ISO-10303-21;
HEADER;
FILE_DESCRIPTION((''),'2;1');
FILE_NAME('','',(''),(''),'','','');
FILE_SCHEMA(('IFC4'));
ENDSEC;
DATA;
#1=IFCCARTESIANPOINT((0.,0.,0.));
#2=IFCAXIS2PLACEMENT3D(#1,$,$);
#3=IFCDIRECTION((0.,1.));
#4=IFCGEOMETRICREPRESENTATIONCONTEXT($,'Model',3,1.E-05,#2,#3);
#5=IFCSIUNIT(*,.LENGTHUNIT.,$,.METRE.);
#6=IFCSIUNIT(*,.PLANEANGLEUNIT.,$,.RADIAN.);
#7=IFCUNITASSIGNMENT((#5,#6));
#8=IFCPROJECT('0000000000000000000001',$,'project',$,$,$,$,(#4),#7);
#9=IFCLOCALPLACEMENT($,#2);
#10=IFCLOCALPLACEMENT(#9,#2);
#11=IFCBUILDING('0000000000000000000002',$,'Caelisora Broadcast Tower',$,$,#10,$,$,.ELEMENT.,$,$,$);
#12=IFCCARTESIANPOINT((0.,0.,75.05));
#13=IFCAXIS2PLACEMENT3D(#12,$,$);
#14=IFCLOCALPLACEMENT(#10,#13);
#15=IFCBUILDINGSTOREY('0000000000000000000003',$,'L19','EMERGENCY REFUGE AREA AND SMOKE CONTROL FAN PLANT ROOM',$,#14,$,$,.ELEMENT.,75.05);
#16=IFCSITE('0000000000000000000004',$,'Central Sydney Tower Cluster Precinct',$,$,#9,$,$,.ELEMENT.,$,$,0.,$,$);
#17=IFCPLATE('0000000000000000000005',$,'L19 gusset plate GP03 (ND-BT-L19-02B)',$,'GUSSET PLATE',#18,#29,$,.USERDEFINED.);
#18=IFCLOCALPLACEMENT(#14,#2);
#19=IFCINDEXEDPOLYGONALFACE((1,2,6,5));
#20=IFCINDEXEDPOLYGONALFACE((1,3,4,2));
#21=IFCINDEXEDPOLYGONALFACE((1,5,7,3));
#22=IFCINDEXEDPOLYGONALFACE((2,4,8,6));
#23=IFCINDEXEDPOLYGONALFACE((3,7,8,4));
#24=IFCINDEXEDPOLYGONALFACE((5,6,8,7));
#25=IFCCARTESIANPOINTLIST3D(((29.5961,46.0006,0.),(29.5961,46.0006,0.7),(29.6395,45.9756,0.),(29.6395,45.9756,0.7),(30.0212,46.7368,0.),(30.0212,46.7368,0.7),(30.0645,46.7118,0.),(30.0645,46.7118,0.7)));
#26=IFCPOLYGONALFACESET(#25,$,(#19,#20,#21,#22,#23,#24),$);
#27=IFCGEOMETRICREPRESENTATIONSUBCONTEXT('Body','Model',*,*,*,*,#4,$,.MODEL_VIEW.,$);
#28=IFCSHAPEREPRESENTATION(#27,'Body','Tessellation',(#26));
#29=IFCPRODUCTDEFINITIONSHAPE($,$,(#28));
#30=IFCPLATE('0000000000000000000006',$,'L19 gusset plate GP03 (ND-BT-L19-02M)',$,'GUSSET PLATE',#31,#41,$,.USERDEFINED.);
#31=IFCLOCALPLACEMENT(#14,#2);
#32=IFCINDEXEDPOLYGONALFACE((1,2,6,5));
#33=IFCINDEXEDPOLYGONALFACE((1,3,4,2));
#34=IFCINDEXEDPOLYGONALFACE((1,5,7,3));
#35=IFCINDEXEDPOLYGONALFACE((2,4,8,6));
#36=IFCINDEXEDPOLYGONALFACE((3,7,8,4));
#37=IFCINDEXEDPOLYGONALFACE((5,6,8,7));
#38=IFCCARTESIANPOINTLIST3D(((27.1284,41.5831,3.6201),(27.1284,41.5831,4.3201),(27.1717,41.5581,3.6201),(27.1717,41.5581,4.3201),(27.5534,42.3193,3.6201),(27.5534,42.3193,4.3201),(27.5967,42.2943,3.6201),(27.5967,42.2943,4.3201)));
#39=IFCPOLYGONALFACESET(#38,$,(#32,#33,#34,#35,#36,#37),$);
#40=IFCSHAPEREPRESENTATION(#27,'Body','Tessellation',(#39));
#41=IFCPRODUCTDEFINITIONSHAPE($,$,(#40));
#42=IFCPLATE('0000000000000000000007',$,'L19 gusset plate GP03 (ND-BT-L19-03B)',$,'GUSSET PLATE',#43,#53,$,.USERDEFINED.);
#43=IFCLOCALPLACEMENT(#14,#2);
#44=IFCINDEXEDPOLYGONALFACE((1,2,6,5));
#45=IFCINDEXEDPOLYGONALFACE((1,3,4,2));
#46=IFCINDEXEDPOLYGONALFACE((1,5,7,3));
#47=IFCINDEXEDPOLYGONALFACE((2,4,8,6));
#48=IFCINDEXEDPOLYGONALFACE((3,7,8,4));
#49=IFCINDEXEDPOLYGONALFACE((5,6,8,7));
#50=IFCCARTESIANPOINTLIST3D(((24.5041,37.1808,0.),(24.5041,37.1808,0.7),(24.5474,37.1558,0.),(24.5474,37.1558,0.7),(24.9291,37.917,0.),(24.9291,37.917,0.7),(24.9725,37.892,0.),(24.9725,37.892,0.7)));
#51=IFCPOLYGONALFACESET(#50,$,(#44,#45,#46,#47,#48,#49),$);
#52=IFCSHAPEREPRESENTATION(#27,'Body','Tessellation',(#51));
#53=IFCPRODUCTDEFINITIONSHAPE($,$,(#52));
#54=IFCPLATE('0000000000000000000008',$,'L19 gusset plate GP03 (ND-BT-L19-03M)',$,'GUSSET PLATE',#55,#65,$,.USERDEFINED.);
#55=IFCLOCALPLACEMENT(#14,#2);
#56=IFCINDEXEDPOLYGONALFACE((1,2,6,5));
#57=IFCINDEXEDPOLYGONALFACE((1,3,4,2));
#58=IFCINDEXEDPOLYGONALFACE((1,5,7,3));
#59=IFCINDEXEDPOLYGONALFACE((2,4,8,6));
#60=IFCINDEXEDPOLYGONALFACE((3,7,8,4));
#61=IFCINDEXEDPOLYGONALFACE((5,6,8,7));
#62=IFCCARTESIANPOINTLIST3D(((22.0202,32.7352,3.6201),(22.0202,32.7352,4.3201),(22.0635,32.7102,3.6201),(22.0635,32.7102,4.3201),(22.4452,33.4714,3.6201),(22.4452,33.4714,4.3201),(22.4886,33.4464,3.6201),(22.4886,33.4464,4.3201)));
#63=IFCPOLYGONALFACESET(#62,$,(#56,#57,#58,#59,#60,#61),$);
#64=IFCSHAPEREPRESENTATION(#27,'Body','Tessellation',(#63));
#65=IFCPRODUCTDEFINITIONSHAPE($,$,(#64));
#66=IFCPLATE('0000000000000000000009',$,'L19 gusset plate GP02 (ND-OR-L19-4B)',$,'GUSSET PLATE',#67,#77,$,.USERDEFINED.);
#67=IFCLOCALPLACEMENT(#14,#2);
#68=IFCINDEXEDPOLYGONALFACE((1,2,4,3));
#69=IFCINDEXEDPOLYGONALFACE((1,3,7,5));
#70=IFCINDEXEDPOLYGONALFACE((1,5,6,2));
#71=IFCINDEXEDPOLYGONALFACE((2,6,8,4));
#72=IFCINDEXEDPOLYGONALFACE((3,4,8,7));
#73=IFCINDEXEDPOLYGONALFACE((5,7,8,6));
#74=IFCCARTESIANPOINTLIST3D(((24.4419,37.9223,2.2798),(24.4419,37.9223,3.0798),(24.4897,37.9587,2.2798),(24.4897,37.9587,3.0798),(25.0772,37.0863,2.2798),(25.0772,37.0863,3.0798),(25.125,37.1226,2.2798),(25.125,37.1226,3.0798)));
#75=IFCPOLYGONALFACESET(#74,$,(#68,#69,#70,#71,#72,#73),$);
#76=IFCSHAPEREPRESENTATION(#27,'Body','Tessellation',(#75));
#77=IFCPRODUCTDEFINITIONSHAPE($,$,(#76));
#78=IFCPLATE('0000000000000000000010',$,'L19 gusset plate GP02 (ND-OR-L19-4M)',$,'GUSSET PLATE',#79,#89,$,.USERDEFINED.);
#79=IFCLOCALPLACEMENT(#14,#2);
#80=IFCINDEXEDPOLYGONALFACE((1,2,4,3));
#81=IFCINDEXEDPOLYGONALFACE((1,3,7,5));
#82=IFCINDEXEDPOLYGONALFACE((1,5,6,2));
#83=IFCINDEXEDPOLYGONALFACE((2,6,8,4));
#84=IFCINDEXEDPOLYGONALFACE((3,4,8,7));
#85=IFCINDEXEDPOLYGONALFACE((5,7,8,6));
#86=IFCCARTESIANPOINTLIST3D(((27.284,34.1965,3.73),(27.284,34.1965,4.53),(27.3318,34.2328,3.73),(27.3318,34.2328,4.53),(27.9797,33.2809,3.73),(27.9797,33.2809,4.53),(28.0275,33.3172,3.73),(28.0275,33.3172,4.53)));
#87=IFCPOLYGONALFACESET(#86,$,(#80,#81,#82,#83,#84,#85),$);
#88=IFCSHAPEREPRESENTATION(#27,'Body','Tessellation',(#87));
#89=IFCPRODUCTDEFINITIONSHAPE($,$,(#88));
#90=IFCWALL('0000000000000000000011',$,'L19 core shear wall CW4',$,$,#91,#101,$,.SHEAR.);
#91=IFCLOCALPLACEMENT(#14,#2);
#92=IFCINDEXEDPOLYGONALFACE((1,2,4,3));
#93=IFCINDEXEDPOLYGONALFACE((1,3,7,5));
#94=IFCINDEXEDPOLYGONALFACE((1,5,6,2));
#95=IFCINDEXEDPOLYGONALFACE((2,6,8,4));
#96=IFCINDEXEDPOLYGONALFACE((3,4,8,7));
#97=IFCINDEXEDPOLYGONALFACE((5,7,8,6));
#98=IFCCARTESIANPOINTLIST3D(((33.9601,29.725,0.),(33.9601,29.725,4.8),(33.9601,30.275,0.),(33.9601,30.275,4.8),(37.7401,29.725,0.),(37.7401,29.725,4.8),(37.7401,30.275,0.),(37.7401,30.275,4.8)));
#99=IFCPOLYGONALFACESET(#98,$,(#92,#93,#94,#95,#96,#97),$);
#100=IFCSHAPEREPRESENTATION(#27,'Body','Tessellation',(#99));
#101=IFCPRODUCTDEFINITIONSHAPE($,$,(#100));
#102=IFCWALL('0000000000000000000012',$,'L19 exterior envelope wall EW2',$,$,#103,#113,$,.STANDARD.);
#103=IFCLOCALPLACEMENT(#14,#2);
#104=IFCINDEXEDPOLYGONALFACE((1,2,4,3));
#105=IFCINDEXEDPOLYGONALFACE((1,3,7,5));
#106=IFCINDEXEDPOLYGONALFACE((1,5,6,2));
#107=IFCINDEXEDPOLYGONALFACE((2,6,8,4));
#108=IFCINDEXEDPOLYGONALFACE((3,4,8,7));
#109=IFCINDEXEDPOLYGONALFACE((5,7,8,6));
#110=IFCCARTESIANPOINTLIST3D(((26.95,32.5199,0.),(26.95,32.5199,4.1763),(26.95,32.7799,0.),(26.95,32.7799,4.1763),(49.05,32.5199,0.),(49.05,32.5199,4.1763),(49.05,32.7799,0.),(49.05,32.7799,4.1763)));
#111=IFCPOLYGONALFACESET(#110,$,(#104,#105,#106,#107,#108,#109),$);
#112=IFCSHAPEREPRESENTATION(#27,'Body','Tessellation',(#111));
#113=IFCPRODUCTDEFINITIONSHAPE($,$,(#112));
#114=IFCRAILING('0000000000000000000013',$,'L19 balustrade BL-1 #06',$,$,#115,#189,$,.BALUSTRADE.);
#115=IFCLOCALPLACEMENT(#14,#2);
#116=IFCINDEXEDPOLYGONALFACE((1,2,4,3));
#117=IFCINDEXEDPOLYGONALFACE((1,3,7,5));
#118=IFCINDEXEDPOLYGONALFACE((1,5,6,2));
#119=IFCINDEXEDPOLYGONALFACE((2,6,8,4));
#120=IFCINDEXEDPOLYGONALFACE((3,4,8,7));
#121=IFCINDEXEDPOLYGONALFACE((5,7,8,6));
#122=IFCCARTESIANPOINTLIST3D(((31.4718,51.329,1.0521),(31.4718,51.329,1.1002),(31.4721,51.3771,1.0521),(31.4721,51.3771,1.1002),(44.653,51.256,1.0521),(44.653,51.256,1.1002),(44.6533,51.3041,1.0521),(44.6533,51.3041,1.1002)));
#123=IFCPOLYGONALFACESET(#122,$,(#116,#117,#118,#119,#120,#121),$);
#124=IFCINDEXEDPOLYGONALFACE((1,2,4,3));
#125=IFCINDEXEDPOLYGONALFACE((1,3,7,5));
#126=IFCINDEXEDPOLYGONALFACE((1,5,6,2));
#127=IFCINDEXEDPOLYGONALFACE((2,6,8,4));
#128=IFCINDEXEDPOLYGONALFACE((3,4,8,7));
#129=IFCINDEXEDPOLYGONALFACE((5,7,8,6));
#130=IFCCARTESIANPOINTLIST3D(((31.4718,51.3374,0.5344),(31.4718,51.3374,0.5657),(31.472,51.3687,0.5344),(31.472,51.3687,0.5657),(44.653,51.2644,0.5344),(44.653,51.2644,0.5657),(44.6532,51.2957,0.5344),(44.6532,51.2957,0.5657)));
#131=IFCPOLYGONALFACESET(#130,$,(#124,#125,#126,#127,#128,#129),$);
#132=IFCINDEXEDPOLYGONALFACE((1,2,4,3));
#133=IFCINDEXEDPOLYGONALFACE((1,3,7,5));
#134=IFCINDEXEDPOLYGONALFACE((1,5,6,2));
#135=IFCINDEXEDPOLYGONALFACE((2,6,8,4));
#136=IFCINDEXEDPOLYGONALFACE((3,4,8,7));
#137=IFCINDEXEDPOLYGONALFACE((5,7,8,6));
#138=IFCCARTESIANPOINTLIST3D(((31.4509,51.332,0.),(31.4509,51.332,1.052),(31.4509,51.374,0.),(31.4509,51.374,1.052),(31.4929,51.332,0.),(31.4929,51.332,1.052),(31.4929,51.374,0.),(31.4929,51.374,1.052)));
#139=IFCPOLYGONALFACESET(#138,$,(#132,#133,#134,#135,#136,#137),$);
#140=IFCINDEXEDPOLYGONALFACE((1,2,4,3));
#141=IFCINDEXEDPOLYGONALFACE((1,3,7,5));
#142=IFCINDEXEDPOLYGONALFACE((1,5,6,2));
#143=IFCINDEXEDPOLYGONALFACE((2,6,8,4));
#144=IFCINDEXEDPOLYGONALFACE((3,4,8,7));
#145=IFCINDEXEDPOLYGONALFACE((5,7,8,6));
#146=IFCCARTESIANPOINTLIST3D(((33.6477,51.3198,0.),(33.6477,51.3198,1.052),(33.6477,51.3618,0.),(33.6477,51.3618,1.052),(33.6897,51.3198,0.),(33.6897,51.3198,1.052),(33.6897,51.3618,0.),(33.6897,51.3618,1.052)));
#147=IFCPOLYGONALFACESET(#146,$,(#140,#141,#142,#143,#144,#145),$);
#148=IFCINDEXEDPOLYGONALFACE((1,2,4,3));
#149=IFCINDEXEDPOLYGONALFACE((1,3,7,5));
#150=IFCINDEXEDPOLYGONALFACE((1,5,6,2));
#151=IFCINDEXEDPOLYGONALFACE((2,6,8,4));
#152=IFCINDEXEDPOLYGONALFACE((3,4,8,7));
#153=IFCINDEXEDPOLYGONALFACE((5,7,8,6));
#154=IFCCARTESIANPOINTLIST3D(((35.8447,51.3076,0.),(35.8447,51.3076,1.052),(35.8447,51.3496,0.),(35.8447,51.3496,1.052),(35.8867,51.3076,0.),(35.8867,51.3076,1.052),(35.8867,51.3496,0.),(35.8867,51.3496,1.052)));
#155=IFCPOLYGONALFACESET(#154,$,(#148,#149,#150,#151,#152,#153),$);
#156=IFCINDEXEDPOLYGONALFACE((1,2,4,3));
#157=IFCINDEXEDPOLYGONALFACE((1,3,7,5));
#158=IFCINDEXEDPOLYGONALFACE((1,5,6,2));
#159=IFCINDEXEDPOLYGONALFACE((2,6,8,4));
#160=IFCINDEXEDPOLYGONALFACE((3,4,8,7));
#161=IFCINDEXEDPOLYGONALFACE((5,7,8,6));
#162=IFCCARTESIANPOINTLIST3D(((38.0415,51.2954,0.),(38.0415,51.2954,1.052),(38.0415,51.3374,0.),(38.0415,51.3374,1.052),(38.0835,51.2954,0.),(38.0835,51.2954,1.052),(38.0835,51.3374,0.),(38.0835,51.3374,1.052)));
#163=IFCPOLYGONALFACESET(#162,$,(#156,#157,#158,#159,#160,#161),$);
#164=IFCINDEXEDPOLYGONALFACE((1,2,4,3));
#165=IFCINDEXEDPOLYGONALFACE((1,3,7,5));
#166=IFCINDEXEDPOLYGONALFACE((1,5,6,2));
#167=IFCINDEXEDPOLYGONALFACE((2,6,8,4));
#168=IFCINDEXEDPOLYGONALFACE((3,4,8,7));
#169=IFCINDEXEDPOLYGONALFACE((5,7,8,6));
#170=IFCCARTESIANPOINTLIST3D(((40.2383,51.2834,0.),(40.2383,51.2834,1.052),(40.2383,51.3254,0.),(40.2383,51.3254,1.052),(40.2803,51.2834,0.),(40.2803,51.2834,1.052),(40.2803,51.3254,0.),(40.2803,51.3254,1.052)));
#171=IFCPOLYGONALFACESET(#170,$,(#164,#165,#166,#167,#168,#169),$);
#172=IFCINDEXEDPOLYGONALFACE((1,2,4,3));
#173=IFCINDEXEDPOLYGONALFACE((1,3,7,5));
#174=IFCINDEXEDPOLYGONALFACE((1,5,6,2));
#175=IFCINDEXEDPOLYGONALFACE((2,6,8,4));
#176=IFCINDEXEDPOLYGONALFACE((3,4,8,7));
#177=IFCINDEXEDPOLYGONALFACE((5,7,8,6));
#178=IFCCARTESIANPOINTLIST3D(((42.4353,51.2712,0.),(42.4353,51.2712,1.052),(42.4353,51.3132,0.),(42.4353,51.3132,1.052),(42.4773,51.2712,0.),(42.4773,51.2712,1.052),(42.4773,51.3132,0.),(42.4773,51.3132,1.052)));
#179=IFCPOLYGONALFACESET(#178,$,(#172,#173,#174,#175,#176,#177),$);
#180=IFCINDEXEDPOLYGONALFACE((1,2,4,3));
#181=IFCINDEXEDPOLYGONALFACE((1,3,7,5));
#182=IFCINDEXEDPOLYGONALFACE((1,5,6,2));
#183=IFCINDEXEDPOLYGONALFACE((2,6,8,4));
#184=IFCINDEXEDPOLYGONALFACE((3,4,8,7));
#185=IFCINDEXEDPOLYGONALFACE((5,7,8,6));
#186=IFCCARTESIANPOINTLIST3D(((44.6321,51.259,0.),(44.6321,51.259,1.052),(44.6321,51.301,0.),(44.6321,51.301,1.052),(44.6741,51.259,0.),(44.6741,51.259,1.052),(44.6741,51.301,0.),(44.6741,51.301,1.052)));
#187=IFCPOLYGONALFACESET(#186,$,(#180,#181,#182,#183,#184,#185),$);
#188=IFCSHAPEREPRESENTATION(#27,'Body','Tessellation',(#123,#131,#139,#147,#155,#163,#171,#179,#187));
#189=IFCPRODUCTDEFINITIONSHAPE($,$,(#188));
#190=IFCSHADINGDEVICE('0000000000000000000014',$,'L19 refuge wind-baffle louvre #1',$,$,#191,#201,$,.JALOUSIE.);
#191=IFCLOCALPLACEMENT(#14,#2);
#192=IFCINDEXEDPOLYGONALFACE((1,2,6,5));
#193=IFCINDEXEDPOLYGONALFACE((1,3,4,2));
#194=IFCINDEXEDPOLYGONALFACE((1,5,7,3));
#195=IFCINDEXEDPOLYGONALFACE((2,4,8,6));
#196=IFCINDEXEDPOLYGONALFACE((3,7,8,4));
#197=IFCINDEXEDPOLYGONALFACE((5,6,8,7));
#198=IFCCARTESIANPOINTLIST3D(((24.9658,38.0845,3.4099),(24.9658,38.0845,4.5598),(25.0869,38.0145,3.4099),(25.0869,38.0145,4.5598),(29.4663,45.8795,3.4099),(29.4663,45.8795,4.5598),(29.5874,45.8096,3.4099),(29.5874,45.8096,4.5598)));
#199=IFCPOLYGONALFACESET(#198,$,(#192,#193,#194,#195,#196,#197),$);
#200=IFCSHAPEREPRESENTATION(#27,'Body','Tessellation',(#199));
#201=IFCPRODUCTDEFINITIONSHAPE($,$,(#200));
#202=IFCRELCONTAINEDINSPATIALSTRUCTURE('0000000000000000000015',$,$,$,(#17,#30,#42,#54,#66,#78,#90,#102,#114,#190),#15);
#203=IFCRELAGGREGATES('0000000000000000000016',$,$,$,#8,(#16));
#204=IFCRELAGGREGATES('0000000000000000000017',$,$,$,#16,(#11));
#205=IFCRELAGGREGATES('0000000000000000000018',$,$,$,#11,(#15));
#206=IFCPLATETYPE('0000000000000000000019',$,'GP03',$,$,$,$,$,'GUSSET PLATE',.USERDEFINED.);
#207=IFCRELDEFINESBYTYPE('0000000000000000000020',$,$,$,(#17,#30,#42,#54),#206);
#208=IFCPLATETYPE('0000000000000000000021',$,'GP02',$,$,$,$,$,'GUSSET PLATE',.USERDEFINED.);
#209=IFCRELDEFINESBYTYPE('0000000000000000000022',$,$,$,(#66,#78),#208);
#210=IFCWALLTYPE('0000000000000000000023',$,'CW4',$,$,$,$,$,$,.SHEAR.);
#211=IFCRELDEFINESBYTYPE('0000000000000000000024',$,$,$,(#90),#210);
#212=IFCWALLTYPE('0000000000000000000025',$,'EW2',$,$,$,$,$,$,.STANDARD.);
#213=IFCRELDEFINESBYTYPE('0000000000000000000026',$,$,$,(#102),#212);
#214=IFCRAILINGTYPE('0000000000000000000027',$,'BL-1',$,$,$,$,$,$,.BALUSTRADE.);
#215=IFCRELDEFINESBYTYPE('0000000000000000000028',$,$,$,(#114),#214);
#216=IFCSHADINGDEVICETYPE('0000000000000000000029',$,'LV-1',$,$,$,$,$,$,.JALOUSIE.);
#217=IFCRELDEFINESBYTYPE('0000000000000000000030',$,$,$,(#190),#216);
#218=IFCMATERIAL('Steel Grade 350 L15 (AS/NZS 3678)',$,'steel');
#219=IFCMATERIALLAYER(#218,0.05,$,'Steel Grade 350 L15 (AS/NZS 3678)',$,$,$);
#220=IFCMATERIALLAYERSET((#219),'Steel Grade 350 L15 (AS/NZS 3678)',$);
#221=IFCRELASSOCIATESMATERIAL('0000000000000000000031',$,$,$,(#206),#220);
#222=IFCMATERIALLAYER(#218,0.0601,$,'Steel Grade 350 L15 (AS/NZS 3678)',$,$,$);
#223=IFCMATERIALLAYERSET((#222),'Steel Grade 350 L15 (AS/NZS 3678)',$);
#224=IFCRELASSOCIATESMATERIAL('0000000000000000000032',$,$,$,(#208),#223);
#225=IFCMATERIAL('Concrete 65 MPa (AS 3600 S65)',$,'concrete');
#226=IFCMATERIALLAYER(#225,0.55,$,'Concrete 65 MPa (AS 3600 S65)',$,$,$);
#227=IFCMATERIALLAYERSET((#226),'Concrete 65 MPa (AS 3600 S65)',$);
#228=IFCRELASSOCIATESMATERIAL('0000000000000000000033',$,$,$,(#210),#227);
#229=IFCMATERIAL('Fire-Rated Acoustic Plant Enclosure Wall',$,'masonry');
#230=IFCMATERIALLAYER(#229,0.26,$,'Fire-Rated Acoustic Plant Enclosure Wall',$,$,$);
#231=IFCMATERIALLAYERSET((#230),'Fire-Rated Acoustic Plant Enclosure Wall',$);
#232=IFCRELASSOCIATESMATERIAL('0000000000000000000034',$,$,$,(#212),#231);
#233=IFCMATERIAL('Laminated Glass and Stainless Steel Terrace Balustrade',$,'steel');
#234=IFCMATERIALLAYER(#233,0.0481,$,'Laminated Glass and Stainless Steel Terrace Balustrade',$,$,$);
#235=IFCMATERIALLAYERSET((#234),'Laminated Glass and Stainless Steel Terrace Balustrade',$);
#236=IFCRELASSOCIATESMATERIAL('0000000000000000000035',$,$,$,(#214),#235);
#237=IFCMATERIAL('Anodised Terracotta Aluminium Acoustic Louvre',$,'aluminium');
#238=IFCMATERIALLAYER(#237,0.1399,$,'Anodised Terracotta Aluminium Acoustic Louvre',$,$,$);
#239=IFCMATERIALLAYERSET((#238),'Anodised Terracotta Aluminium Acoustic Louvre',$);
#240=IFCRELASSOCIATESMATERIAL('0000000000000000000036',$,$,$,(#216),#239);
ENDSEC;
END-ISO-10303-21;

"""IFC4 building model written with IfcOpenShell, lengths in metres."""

from ifc_helpers import new_model, si_unit, direction, frame, frame_2d, origin, origin_2d, place, context, subcontext, project, spatial, rectangle, extrude, source, transform, mapped, material, layer, layer_set, type_object, type_shapes, element, save


model = new_model("IFC4")

# Units and contexts
model_context = context("Model", 3, precision=1e-05, world=origin(), true_north=direction((0.0, 1.0)))
body_context = subcontext(model_context, "Body", "Model", "MODEL_VIEW")
ifc_project = project(units=[si_unit("LENGTHUNIT", "METRE"), si_unit("PLANEANGLEUNIT", "RADIAN")], contexts=[model_context])

# Site, building, storey
site_placement = place(None, origin())
site = spatial("IfcSite", under=ifc_project, at=site_placement, Name="Central Sydney Tower Cluster Precinct", CompositionType="ELEMENT", RefElevation=0.0)
building_placement = place(site_placement, origin())
building = spatial("IfcBuilding", under=site, at=building_placement, Name="Caelisora Broadcast Tower", CompositionType="ELEMENT")
storey_placement = place(building_placement, frame((0.0, 0.0, 75.05)))
storey = spatial("IfcBuildingStorey", under=building, at=storey_placement, Name="L19", Description="EMERGENCY REFUGE AREA AND SMOKE CONTROL FAN PLANT ROOM", CompositionType="ELEMENT", Elevation=75.05)

# Shared definitions
ifc_material_1 = material(Name="Steel Grade 350 L15 (AS/NZS 3678)", Category="steel")

# Shared definitions
ifc_material_2 = material(Name="Concrete 65 MPa (AS 3600 S65)", Category="concrete")

# Plates
ifc_layer_1 = layer(ifc_material_1, 0.05, Name="Steel Grade 350 L15 (AS/NZS 3678)")
ifc_layer_set_1 = layer_set([ifc_layer_1], Name="Steel Grade 350 L15 (AS/NZS 3678)")
plate_type_1 = type_object("IfcPlateType", Name="GP03", ElementType="GUSSET PLATE", PredefinedType="USERDEFINED", material=ifc_layer_set_1)
shared_shape_1 = source(origin(), body_context, "Body", "SweptSolid", [
    extrude(rectangle(XDim=0.8501, YDim=0.05, at=origin_2d()), origin(), (0.0, 0.0, 1.0), 0.7),
])
type_shapes(plate_type_1, [shared_shape_1])
for number, where, z_axis, x_axis, name in (
    (1, (29.8303, 46.3562, 0.0), (0.0, 0.0, 1.0), (-0.5, -0.866025, 0.0), "L19 gusset plate GP03 (ND-BT-L19-02B)"),
    (2, (27.3625, 41.9387, 3.6201), (0.0, 0.0, 1.0), (-0.5, -0.866025, 0.0), "L19 gusset plate GP03 (ND-BT-L19-02M)"),
    (3, (24.7383, 37.5364, 0.0), (0.0, 0.0, 1.0), (-0.5, -0.866025, 0.0), "L19 gusset plate GP03 (ND-BT-L19-03B)"),
    (4, (22.2544, 33.0908, 3.6201), (0.0, 0.0, 1.0), (-0.5, -0.866025, 0.0), "L19 gusset plate GP03 (ND-BT-L19-03M)"),
):
    element("IfcPlate", number, at=place(storey_placement, frame(where, z_axis=z_axis, x_axis=x_axis)), inside=storey, type_object=plate_type_1, Name=name, ObjectType="GUSSET PLATE", PredefinedType="USERDEFINED", context=body_context, shape_type="MappedRepresentation", body=[
        mapped(shared_shape_1, transform((0.0, 0.0, 0.0), scale=1.0)),
    ])
ifc_layer_2 = layer(ifc_material_1, 0.0601, Name="Steel Grade 350 L15 (AS/NZS 3678)")
ifc_layer_set_2 = layer_set([ifc_layer_2], Name="Steel Grade 350 L15 (AS/NZS 3678)")
plate_type_2 = type_object("IfcPlateType", Name="GP02", ElementType="GUSSET PLATE", PredefinedType="USERDEFINED", material=ifc_layer_set_2)
shared_shape_2 = source(origin(), body_context, "Body", "SweptSolid", [
    extrude(rectangle(XDim=1.05, YDim=0.0601, at=origin_2d()), origin(), (0.0, 0.0, 1.0), 0.8),
])
plate_1_placement = place(storey_placement, frame((24.7834, 37.5225, 2.2798), z_axis=(0.0, 0.0, 1.0), x_axis=(-0.605016, 0.796213, 0.0)))
element("IfcPlate", 5, at=plate_1_placement, inside=storey, type_object=plate_type_2, Name="L19 gusset plate GP02 (ND-OR-L19-4B)", ObjectType="GUSSET PLATE", PredefinedType="USERDEFINED", context=body_context, shape_type="MappedRepresentation", body=[
    mapped(shared_shape_2, transform((0.0, 0.0, 0.0), scale=1.0)),
])
shared_shape_3 = source(origin(), body_context, "Body", "SweptSolid", [
    extrude(rectangle(XDim=1.1499, YDim=0.0601, at=origin_2d()), origin(), (0.0, 0.0, 1.0), 0.8),
])
type_shapes(plate_type_2, [shared_shape_2, shared_shape_3])
plate_2_placement = place(storey_placement, frame((27.6558, 33.7568, 3.73), z_axis=(0.0, 0.0, 1.0), x_axis=(-0.605016, 0.796213, 0.0)))
element("IfcPlate", 6, at=plate_2_placement, inside=storey, type_object=plate_type_2, Name="L19 gusset plate GP02 (ND-OR-L19-4M)", ObjectType="GUSSET PLATE", PredefinedType="USERDEFINED", context=body_context, shape_type="MappedRepresentation", body=[
    mapped(shared_shape_3, transform((0.0, 0.0, 0.0), scale=1.0)),
])

# Walls
ifc_layer_3 = layer(ifc_material_2, 0.55, Name="Concrete 65 MPa (AS 3600 S65)")
ifc_layer_set_3 = layer_set([ifc_layer_3], Name="Concrete 65 MPa (AS 3600 S65)")
wall_type_1 = type_object("IfcWallType", Name="CW4", PredefinedType="SHEAR", material=ifc_layer_set_3)
wall_1_placement = place(storey_placement, frame((33.96, 30.0, 0.0), z_axis=(0.0, 0.0, 1.0), x_axis=(1.0, 0.0, 0.0)))
element("IfcWall", 7, at=wall_1_placement, inside=storey, type_object=wall_type_1, Name="L19 core shear wall CW4", PredefinedType="SHEAR", context=body_context, shape_type="SweptSolid", body=[
    extrude(rectangle(XDim=3.78, YDim=0.55, at=frame_2d((1.8901, 0.0))), origin(), (0.0, 0.0, 1.0), 4.8),
])
ifc_material_3 = material(Name="Fire-Rated Acoustic Plant Enclosure Wall", Category="masonry")
ifc_layer_4 = layer(ifc_material_3, 0.26, Name="Fire-Rated Acoustic Plant Enclosure Wall")
ifc_layer_set_4 = layer_set([ifc_layer_4], Name="Fire-Rated Acoustic Plant Enclosure Wall")
wall_type_2 = type_object("IfcWallType", Name="EW2", PredefinedType="STANDARD", material=ifc_layer_set_4)
wall_2_placement = place(storey_placement, frame((26.95, 32.6499, 0.0), z_axis=(0.0, 0.0, 1.0), x_axis=(1.0, 0.0, 0.0)))
element("IfcWall", 8, at=wall_2_placement, inside=storey, type_object=wall_type_2, Name="L19 exterior envelope wall EW2", PredefinedType="STANDARD", context=body_context, shape_type="SweptSolid", body=[
    extrude(rectangle(XDim=22.1001, YDim=0.26, at=frame_2d((11.05, 0.0))), origin(), (0.0, 0.0, 1.0), 4.1763),
])

# Railing
ifc_material_4 = material(Name="Laminated Glass and Stainless Steel Terrace Balustrade", Category="steel")
ifc_layer_5 = layer(ifc_material_4, 0.0481, Name="Laminated Glass and Stainless Steel Terrace Balustrade")
ifc_layer_set_5 = layer_set([ifc_layer_5], Name="Laminated Glass and Stainless Steel Terrace Balustrade")
railing_type = type_object("IfcRailingType", Name="BL-1", PredefinedType="BALUSTRADE", material=ifc_layer_set_5)
railing_placement = place(storey_placement, frame((31.4719, 51.353, 0.0)))
element("IfcRailing", 9, at=railing_placement, inside=storey, type_object=railing_type, Name="L19 balustrade BL-1 #06", PredefinedType="BALUSTRADE", context=body_context, shape_type="SweptSolid", body=[
    extrude(rectangle(XDim=0.0481, YDim=0.0481, at=origin_2d()), frame((0.0, 0.0, 1.0762), z_axis=(0.999985, -0.005538, 0.0), x_axis=(0.005538, 0.999985, 0.0)), (0.0, 0.0, 1.0), 13.1814),
    extrude(rectangle(XDim=0.0312, YDim=0.0312, at=origin_2d()), frame((0.0, 0.0, 0.55), z_axis=(0.999985, -0.005538, 0.0), x_axis=(0.005538, 0.999985, 0.0)), (0.0, 0.0, 1.0), 13.1814),
    extrude(rectangle(XDim=0.042, YDim=0.042, at=origin_2d()), origin(), (0.0, 0.0, 1.0), 1.052),
    extrude(rectangle(XDim=0.042, YDim=0.042, at=origin_2d()), frame((2.1968, -0.0122, 0.0)), (0.0, 0.0, 1.0), 1.052),
    extrude(rectangle(XDim=0.042, YDim=0.042, at=origin_2d()), frame((4.3938, -0.0244, 0.0)), (0.0, 0.0, 1.0), 1.052),
    extrude(rectangle(XDim=0.042, YDim=0.042, at=origin_2d()), frame((6.5906, -0.0366, 0.0)), (0.0, 0.0, 1.0), 1.052),
    extrude(rectangle(XDim=0.042, YDim=0.042, at=origin_2d()), frame((8.7874, -0.0486, 0.0)), (0.0, 0.0, 1.0), 1.052),
    extrude(rectangle(XDim=0.042, YDim=0.042, at=origin_2d()), frame((10.9844, -0.0608, 0.0)), (0.0, 0.0, 1.0), 1.052),
    extrude(rectangle(XDim=0.042, YDim=0.042, at=origin_2d()), frame((13.1812, -0.073, 0.0)), (0.0, 0.0, 1.0), 1.052),
])

# Shading device
ifc_material_5 = material(Name="Anodised Terracotta Aluminium Acoustic Louvre", Category="aluminium")
ifc_layer_6 = layer(ifc_material_5, 0.1399, Name="Anodised Terracotta Aluminium Acoustic Louvre")
ifc_layer_set_6 = layer_set([ifc_layer_6], Name="Anodised Terracotta Aluminium Acoustic Louvre")
shading_device_type = type_object("IfcShadingDeviceType", Name="LV-1", PredefinedType="JALOUSIE", material=ifc_layer_set_6)
shared_shape_4 = source(origin(), body_context, "Body", "SweptSolid", [
    extrude(rectangle(XDim=9.001, YDim=0.1399, at=origin_2d()), origin(), (0.0, 0.0, 1.0), 1.1499),
])
type_shapes(shading_device_type, [shared_shape_4])
for number, where, z_axis, x_axis, name in (
    (10, (27.2766, 41.947, 3.4099), (0.0, 0.0, 1.0), (-0.5, -0.866025, 0.0), "L19 refuge wind-baffle louvre #1"),
):
    element("IfcShadingDevice", number, at=place(storey_placement, frame(where, z_axis=z_axis, x_axis=x_axis)), inside=storey, type_object=shading_device_type, Name=name, PredefinedType="JALOUSIE", context=body_context, shape_type="MappedRepresentation", body=[
        mapped(shared_shape_4, transform((0.0, 0.0, 0.0), scale=1.0)),
    ])

save(model, "model.ifc")
